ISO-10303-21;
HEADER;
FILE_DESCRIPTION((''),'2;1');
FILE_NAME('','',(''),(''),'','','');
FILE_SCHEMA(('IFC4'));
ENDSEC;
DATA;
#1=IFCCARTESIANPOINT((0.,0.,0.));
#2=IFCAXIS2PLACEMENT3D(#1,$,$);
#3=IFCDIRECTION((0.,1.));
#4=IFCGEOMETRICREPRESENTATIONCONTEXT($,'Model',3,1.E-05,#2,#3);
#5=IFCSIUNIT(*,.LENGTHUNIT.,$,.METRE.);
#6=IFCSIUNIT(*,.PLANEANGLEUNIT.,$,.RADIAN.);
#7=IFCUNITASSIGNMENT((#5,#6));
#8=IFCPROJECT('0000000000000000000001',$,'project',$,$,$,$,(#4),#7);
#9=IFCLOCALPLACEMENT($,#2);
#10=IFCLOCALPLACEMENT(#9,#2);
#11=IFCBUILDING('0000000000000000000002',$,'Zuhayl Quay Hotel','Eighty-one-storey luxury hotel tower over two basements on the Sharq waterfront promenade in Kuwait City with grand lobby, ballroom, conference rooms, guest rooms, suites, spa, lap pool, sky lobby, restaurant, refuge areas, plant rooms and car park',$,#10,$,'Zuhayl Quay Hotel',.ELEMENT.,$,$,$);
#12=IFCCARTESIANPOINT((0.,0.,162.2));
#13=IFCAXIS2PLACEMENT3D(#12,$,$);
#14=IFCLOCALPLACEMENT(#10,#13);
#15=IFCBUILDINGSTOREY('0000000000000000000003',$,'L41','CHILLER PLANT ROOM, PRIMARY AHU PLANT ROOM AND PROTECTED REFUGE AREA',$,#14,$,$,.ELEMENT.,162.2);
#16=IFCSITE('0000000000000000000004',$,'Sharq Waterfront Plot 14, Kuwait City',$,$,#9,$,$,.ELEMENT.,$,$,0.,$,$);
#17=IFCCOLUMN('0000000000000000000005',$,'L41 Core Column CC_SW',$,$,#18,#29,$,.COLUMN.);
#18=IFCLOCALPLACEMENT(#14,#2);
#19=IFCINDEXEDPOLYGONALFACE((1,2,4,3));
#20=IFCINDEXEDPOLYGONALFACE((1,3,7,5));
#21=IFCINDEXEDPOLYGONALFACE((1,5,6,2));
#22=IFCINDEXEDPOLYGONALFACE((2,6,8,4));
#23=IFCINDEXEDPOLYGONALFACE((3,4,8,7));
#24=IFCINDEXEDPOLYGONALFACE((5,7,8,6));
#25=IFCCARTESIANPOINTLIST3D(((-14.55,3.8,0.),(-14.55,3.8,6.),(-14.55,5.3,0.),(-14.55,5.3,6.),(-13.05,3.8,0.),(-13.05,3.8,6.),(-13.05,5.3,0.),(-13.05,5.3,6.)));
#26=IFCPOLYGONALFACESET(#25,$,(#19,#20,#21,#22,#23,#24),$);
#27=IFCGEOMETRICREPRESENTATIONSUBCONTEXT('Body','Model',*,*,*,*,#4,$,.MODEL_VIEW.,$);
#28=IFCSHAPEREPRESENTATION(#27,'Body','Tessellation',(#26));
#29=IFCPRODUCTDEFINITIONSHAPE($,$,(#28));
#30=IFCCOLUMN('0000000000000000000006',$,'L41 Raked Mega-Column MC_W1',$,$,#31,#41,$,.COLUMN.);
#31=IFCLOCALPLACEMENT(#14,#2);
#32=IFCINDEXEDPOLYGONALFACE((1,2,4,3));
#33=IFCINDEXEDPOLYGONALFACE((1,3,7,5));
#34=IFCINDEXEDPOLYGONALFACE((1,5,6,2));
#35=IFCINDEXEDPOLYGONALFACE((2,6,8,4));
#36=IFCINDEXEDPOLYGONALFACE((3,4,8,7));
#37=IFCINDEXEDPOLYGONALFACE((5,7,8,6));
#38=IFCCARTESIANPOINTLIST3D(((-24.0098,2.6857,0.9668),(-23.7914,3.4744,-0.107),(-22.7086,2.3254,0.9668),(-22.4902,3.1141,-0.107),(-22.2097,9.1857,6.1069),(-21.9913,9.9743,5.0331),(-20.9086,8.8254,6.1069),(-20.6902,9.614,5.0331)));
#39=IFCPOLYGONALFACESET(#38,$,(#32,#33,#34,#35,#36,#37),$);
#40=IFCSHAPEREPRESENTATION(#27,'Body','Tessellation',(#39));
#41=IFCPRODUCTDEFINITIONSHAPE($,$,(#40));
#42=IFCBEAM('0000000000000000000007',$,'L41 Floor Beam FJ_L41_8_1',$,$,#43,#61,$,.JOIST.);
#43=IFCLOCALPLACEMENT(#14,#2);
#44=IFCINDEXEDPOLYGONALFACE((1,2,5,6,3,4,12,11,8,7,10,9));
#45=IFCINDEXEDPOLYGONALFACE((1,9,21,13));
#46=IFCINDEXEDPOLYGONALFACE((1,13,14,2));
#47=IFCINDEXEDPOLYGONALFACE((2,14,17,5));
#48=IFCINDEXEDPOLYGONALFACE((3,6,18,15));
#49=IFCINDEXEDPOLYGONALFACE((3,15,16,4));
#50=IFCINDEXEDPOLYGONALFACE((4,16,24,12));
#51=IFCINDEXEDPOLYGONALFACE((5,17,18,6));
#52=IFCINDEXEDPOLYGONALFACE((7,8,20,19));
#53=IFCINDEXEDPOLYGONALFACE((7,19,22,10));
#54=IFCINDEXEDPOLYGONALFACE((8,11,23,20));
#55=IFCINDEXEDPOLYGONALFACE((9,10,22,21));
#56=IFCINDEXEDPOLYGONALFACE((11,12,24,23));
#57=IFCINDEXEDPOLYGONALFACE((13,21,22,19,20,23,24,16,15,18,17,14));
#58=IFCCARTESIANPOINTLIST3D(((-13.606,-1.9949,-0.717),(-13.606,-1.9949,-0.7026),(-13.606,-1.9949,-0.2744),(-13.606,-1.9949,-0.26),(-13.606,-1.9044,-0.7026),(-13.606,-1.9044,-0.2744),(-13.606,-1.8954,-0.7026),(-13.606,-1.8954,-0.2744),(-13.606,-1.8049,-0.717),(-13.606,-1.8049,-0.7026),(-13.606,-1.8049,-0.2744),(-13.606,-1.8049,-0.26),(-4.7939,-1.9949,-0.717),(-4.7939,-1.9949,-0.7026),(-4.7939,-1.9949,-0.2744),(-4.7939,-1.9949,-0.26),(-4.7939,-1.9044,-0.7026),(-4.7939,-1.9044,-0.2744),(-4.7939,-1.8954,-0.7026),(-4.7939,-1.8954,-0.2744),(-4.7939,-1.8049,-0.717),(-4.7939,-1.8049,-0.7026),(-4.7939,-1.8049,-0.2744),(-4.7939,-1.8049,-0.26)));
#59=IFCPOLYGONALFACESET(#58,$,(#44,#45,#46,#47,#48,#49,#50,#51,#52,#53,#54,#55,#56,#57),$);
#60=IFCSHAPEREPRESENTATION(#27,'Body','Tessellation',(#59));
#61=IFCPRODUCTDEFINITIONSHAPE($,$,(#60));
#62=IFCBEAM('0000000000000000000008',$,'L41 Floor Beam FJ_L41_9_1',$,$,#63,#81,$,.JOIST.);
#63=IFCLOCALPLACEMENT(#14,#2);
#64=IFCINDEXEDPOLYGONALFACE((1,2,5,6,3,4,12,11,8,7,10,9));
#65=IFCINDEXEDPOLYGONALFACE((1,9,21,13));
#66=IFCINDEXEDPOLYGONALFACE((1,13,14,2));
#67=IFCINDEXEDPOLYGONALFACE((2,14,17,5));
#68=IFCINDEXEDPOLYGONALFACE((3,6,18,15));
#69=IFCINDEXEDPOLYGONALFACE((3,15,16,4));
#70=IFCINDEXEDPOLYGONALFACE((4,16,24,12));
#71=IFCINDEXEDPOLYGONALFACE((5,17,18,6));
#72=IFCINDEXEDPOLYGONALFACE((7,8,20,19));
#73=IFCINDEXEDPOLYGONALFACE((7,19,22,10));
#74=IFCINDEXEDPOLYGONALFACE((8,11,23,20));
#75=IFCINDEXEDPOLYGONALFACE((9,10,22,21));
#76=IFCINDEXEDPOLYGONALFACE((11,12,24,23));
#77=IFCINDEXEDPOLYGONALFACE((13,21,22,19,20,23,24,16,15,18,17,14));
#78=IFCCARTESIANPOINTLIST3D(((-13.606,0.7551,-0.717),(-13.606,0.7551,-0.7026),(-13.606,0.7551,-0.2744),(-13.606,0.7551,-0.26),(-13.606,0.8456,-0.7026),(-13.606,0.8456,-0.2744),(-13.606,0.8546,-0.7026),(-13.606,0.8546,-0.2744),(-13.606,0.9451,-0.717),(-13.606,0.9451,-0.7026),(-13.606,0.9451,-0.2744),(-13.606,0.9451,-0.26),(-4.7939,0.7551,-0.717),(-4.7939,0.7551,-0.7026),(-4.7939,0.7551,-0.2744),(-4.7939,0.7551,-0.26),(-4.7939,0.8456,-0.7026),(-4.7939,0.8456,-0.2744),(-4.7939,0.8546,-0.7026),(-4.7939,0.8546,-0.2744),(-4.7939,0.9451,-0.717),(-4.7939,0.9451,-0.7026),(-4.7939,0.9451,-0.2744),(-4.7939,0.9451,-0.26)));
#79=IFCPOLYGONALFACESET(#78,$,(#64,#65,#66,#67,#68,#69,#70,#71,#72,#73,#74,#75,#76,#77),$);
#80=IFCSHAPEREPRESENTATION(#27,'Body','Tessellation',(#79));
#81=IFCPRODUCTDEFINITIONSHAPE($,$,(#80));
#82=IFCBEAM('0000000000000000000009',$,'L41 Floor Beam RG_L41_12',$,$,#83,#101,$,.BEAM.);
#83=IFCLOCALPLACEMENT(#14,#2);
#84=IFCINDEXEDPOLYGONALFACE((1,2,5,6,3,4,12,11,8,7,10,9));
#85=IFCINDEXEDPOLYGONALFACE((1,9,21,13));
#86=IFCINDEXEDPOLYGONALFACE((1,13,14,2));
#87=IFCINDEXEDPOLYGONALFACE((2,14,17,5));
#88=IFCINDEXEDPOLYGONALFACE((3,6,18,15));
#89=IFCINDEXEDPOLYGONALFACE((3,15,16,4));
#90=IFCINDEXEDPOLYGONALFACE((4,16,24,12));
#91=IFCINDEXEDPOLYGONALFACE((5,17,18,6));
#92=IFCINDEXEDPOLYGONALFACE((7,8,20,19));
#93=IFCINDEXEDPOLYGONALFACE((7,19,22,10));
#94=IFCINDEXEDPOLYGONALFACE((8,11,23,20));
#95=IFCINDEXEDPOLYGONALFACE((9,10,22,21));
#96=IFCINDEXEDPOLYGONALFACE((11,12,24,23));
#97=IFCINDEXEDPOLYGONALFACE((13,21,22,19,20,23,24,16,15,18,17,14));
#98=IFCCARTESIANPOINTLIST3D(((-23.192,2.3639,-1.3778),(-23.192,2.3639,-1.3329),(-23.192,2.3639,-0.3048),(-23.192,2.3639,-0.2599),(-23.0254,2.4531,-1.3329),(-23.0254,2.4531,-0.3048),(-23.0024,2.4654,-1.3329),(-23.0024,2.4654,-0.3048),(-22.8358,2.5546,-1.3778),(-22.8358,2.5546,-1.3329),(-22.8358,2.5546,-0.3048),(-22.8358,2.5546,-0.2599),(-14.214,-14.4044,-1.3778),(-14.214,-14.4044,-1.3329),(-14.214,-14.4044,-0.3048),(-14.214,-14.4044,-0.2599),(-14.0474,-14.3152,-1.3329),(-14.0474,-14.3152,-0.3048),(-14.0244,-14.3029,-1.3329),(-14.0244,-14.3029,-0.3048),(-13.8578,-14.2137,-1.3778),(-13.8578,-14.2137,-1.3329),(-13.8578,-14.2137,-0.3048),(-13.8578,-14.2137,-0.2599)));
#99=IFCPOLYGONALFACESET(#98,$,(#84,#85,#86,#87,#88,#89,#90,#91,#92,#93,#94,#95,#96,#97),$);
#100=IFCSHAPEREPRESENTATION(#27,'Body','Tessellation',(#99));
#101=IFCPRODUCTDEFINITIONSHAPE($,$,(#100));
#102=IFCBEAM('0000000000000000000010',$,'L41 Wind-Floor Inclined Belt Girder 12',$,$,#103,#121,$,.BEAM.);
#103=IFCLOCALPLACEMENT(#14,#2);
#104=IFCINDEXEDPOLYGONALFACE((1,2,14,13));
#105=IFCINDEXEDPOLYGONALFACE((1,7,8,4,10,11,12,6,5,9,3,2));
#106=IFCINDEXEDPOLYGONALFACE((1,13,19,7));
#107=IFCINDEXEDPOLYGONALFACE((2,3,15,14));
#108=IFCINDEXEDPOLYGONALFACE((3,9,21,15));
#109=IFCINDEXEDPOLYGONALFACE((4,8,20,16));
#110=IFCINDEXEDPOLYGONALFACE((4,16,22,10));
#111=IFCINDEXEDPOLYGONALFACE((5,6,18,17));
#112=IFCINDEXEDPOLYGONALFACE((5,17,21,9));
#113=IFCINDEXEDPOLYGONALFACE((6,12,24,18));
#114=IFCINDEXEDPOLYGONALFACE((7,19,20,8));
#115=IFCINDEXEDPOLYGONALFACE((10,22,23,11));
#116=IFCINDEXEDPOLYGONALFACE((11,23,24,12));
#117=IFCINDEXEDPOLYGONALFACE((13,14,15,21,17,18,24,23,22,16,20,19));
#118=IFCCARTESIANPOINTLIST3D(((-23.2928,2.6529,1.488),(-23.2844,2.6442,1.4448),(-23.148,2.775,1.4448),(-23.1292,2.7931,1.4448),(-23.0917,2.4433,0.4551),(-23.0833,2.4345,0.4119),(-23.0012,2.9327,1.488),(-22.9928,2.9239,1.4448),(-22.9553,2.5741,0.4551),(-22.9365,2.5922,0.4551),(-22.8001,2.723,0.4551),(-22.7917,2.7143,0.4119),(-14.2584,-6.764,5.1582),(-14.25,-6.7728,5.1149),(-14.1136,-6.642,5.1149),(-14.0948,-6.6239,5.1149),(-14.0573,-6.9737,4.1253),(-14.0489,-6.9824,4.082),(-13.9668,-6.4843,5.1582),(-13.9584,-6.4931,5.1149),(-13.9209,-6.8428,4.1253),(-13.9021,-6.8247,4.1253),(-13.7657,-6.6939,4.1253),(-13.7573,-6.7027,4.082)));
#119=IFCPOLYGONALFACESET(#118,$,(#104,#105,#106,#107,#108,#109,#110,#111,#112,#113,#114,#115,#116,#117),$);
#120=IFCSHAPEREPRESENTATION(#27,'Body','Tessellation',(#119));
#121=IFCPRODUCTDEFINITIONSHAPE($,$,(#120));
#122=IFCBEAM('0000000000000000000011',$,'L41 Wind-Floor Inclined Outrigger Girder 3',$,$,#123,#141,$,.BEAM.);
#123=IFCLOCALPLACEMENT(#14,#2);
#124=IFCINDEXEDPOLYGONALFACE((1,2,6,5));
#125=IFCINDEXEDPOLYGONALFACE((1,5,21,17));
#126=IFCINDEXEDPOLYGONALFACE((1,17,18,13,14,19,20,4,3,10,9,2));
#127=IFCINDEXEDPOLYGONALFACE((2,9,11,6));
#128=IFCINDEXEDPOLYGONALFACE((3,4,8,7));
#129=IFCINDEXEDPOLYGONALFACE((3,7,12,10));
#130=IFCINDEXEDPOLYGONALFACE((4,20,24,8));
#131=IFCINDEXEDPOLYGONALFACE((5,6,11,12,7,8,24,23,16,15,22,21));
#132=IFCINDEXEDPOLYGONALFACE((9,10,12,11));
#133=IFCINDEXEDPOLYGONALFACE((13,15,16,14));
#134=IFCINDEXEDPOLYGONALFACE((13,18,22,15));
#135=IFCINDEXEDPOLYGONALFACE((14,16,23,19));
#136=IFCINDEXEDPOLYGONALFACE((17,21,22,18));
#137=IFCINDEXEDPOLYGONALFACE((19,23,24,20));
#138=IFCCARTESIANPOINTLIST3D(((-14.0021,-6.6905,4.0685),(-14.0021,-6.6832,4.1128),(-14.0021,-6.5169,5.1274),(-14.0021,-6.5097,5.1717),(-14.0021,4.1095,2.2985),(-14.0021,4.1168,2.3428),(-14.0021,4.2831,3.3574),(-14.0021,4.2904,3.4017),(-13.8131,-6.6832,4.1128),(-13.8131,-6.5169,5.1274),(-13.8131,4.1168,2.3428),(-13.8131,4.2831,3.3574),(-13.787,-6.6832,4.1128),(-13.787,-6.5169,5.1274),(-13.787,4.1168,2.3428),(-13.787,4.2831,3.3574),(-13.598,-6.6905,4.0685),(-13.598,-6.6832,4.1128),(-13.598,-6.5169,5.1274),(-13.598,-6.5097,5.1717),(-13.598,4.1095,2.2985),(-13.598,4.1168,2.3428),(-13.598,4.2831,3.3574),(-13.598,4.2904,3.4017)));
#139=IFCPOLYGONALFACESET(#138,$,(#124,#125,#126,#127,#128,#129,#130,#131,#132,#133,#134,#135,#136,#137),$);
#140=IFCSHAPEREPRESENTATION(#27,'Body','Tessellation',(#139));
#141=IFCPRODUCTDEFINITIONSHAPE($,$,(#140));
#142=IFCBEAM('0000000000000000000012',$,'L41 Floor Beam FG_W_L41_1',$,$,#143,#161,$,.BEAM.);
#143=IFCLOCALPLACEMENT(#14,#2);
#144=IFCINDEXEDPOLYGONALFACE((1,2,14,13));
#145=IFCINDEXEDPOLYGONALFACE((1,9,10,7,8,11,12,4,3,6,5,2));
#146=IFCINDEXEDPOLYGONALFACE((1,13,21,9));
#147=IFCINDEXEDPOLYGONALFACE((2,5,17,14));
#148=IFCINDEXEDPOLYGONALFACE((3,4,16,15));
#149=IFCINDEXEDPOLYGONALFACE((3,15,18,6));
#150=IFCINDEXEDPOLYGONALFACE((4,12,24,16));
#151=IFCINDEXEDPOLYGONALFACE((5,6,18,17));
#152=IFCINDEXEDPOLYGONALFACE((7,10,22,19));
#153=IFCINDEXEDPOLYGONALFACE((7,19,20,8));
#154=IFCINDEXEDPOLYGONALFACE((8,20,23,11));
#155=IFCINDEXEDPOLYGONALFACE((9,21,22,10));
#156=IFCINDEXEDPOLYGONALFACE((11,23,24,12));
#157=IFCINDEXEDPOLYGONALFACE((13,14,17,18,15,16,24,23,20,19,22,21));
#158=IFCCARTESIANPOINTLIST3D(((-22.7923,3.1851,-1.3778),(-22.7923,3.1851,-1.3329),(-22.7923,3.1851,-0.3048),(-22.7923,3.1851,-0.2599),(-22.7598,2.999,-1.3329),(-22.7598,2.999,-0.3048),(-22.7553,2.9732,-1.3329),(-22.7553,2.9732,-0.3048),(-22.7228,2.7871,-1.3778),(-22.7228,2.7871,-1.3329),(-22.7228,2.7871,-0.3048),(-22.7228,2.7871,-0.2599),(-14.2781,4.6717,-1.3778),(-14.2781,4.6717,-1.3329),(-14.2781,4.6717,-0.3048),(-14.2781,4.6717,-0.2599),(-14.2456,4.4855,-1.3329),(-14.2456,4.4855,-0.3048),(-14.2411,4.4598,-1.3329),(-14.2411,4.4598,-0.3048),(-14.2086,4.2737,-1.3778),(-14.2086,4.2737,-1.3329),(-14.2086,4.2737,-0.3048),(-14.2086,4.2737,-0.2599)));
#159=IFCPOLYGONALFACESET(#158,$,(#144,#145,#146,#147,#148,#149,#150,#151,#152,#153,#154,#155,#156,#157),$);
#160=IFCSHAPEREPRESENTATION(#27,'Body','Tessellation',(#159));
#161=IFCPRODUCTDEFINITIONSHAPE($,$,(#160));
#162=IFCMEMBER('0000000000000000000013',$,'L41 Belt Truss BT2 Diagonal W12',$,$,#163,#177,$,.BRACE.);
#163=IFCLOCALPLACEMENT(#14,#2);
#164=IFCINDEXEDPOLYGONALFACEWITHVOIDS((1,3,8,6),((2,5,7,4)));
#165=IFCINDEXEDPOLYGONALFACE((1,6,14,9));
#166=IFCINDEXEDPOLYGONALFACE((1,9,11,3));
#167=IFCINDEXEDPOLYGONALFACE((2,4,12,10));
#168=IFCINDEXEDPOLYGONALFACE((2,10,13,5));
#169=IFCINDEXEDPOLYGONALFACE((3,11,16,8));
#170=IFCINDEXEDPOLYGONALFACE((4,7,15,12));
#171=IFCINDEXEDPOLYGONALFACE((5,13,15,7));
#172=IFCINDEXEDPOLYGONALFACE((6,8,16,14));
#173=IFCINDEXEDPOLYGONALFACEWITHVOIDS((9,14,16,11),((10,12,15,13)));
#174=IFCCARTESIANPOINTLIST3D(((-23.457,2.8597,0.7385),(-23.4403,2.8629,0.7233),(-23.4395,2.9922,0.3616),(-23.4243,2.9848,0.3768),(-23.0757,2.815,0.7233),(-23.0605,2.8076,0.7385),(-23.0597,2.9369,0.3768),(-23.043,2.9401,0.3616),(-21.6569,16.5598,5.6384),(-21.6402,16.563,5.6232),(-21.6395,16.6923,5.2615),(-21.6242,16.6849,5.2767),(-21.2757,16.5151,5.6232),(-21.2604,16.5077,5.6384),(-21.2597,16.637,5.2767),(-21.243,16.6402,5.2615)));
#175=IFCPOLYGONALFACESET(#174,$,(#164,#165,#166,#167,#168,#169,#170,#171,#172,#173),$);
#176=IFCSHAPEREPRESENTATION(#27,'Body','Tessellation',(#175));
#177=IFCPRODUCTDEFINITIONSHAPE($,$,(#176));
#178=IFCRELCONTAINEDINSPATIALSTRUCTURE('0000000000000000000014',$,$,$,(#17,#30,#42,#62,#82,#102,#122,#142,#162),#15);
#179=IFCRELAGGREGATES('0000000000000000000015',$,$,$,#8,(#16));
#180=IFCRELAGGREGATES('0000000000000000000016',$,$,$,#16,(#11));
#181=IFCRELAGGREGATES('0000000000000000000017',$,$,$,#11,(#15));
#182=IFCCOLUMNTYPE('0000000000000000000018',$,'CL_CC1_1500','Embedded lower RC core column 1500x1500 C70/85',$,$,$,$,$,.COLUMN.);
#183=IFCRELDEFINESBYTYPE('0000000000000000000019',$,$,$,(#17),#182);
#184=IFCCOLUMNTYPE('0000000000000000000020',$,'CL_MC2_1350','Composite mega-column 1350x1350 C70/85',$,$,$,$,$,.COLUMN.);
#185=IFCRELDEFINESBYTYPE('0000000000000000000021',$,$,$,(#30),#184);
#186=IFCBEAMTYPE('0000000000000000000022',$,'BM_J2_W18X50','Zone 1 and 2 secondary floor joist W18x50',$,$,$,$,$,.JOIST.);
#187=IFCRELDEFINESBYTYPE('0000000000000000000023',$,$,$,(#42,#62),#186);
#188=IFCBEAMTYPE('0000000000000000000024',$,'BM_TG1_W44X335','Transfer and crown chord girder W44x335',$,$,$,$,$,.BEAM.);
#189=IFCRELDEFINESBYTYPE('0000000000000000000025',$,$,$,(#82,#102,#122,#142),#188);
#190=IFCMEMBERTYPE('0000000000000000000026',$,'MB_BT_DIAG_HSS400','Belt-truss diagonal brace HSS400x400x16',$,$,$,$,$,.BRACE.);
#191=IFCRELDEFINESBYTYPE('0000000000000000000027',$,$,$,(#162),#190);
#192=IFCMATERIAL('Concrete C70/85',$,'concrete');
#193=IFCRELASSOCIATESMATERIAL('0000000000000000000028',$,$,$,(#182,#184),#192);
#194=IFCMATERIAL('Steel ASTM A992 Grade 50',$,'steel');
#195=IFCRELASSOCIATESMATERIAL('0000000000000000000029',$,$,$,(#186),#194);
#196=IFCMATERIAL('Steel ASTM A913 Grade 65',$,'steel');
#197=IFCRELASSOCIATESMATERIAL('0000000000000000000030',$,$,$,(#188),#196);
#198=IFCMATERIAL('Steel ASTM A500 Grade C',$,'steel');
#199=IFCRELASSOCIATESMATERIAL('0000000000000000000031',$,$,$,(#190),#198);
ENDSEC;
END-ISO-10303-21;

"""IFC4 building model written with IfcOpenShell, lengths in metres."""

from ifc_helpers import new_model, si_unit, direction, frame, origin, origin_2d, place, context, subcontext, project, spatial, rectangle, hollow_rectangle, i_section, extrude, material, material_profile, profile_set, type_object, element, save


model = new_model("IFC4")

# Units and contexts
model_context = context("Model", 3, precision=1e-05, world=origin(), true_north=direction((0.0, 1.0)))
body_context = subcontext(model_context, "Body", "Model", "MODEL_VIEW")
ifc_project = project(units=[si_unit("LENGTHUNIT", "METRE"), si_unit("PLANEANGLEUNIT", "RADIAN")], contexts=[model_context])

# Site, building, storey
site_placement = place(None, origin())
site = spatial("IfcSite", under=ifc_project, at=site_placement, Name="Sharq Waterfront Plot 14, Kuwait City", CompositionType="ELEMENT", RefElevation=0.0)
building_placement = place(site_placement, origin())
building = spatial("IfcBuilding", under=site, at=building_placement, Name="Zuhayl Quay Hotel", Description="Eighty-one-storey luxury hotel tower over two basements on the Sharq waterfront promenade in Kuwait City with grand lobby, ballroom, conference rooms, guest rooms, suites, spa, lap pool, sky lobby, restaurant, refuge areas, plant rooms and car park", LongName="Zuhayl Quay Hotel", CompositionType="ELEMENT")
storey_placement = place(building_placement, frame((0.0, 0.0, 162.2)))
storey = spatial("IfcBuildingStorey", under=building, at=storey_placement, Name="L41", Description="CHILLER PLANT ROOM, PRIMARY AHU PLANT ROOM AND PROTECTED REFUGE AREA", CompositionType="ELEMENT", Elevation=162.2)

# Columns
ifc_material_1 = material(Name="Concrete C70/85", Category="concrete")
ifc_material_profile_1 = material_profile(ifc_material_1, rectangle(XDim=1.5, YDim=1.5, at=origin_2d()), Name="RC1500X1500")
ifc_profile_set_1 = profile_set([ifc_material_profile_1], Name="Concrete C70/85")
column_type_1 = type_object("IfcColumnType", Name="CL_CC1_1500", Description="Embedded lower RC core column 1500x1500 C70/85", PredefinedType="COLUMN", material=ifc_profile_set_1)
column_1_placement = place(storey_placement, frame((-13.8, 4.55, 0.0), z_axis=(0.0, 0.0, 1.0), x_axis=(1.0, 0.0, 0.0)))
element("IfcColumn", 1, at=column_1_placement, inside=storey, type_object=column_type_1, Name="L41 Core Column CC_SW", PredefinedType="COLUMN", context=body_context, shape_type="SweptSolid", body=[
    extrude(rectangle(XDim=1.5, YDim=1.5, at=origin_2d()), origin(), (0.0, 0.0, 1.0), 6.0),
])
ifc_material_profile_2 = material_profile(ifc_material_1, rectangle(XDim=1.3501, YDim=1.3501, at=origin_2d()), Name="RC1350X1350")
ifc_profile_set_2 = profile_set([ifc_material_profile_2], Name="Concrete C70/85")
column_type_2 = type_object("IfcColumnType", Name="CL_MC2_1350", Description="Composite mega-column 1350x1350 C70/85", PredefinedType="COLUMN", material=ifc_profile_set_2)
column_2_placement = place(storey_placement, frame((-23.25, 2.8999, 0.4299), z_axis=(0.212269, 0.766505, 0.606145), x_axis=(-0.963728, 0.266886, 0.0)))
element("IfcColumn", 2, at=column_2_placement, inside=storey, type_object=column_type_2, Name="L41 Raked Mega-Column MC_W1", PredefinedType="COLUMN", context=body_context, shape_type="SweptSolid", body=[
    extrude(rectangle(XDim=1.3501, YDim=1.3501, at=origin_2d()), origin(), (0.0, 0.0, 1.0), 8.48),
])

# Beams
ifc_material_2 = material(Name="Steel ASTM A992 Grade 50", Category="steel")
ifc_material_profile_3 = material_profile(ifc_material_2, i_section(OverallWidth=0.1899, OverallDepth=0.457, WebThickness=0.009, FlangeThickness=0.0144, at=origin_2d()), Name="W18X50")
ifc_profile_set_3 = profile_set([ifc_material_profile_3], Name="Steel ASTM A992 Grade 50")
beam_type_1 = type_object("IfcBeamType", Name="BM_J2_W18X50", Description="Zone 1 and 2 secondary floor joist W18x50", PredefinedType="JOIST", material=ifc_profile_set_3)
for number, where, z_axis, x_axis, name in (
    (3, (-13.606, -1.8999, -0.4885), (1.0, 0.0, 0.0), (0.0, 1.0, 0.0), "L41 Floor Beam FJ_L41_8_1"),
    (4, (-13.606, 0.8501, -0.4885), (1.0, 0.0, 0.0), (0.0, 1.0, 0.0), "L41 Floor Beam FJ_L41_9_1"),
):
    element("IfcBeam", number, at=place(storey_placement, frame(where, z_axis=z_axis, x_axis=x_axis)), inside=storey, type_object=beam_type_1, Name=name, PredefinedType="JOIST", context=body_context, shape_type="SweptSolid", body=[
        extrude(i_section(OverallWidth=0.1899, OverallDepth=0.457, WebThickness=0.009, FlangeThickness=0.0144, at=origin_2d()), origin(), (0.0, 0.0, 1.0), 8.812),
    ])
ifc_material_3 = material(Name="Steel ASTM A913 Grade 65", Category="steel")
ifc_material_profile_4 = material_profile(ifc_material_3, i_section(OverallWidth=0.4041, OverallDepth=1.1179, WebThickness=0.0261, FlangeThickness=0.0449, at=origin_2d()), Name="W44X335")
ifc_profile_set_4 = profile_set([ifc_material_profile_4], Name="Steel ASTM A913 Grade 65")
beam_type_2 = type_object("IfcBeamType", Name="BM_TG1_W44X335", Description="Transfer and crown chord girder W44x335", PredefinedType="BEAM", material=ifc_profile_set_4)
beam_1_placement = place(storey_placement, frame((-23.0139, 2.4592, -0.8188), z_axis=(0.472017, -0.881589, 0.0), x_axis=(0.881589, 0.472017, 0.0)))
element("IfcBeam", 5, at=beam_1_placement, inside=storey, type_object=beam_type_2, Name="L41 Floor Beam RG_L41_12", PredefinedType="BEAM", context=body_context, shape_type="SweptSolid", body=[
    extrude(i_section(OverallWidth=0.4041, OverallDepth=1.1179, WebThickness=0.0261, FlangeThickness=0.0449, at=origin_2d()), origin(), (0.0, 0.0, 1.0), 19.0205),
])
beam_2_placement = place(storey_placement, frame((-23.0422, 2.6836, 0.95), z_axis=(0.666442, -0.694663, 0.270737), x_axis=(0.721613, 0.692297, 0.0)))
element("IfcBeam", 6, at=beam_2_placement, inside=storey, type_object=beam_type_2, Name="L41 Wind-Floor Inclined Belt Girder 12", PredefinedType="BEAM", context=body_context, shape_type="SweptSolid", body=[
    extrude(i_section(OverallWidth=0.4041, OverallDepth=1.1179, WebThickness=0.0261, FlangeThickness=0.0449, at=origin_2d()), origin(), (0.0, 0.0, 1.0), 13.5562),
])
beam_3_placement = place(storey_placement, frame((-13.8, 4.2, 2.8501), z_axis=(0.0, -0.986835, 0.161732), x_axis=(1.0, 0.0, 0.0)))
element("IfcBeam", 7, at=beam_3_placement, inside=storey, type_object=beam_type_2, Name="L41 Wind-Floor Inclined Outrigger Girder 3", PredefinedType="BEAM", context=body_context, shape_type="SweptSolid", body=[
    extrude(i_section(OverallWidth=0.4041, OverallDepth=1.1179, WebThickness=0.0261, FlangeThickness=0.0449, at=origin_2d()), origin(), (0.0, 0.0, 1.0), 10.9441),
])
beam_4_placement = place(storey_placement, frame((-22.7576, 2.9861, -0.8188), z_axis=(0.985097, 0.171998, 0.0), x_axis=(-0.171998, 0.985097, 0.0)))
element("IfcBeam", 8, at=beam_4_placement, inside=storey, type_object=beam_type_2, Name="L41 Floor Beam FG_W_L41_1", PredefinedType="BEAM", context=body_context, shape_type="SweptSolid", body=[
    extrude(i_section(OverallWidth=0.4041, OverallDepth=1.1179, WebThickness=0.0261, FlangeThickness=0.0449, at=origin_2d()), origin(), (0.0, 0.0, 1.0), 8.6431),
])

# Member
ifc_material_4 = material(Name="Steel ASTM A500 Grade C", Category="steel")
ifc_material_profile_5 = material_profile(ifc_material_4, hollow_rectangle(XDim=0.3999, YDim=0.3999, WallThickness=0.0161, at=origin_2d()), Name="HSS400X400X16")
ifc_profile_set_5 = profile_set([ifc_material_profile_5], Name="Steel ASTM A500 Grade C")
member_type_1 = type_object("IfcMemberType", Name="MB_BT_DIAG_HSS400", Description="Belt-truss diagonal brace HSS400x400x16", PredefinedType="BRACE", material=ifc_profile_set_5)
member_1_placement = place(storey_placement, frame((-23.25, 2.8999, 0.55), z_axis=(0.122778, 0.934466, 0.334214), x_axis=(-0.991479, 0.130269, 0.0)))
element("IfcMember", 9, at=member_1_placement, inside=storey, type_object=member_type_1, Name="L41 Belt Truss BT2 Diagonal W12", PredefinedType="BRACE", context=body_context, shape_type="SweptSolid", body=[
    extrude(hollow_rectangle(XDim=0.3999, YDim=0.3999, WallThickness=0.0161, at=origin_2d()), origin(), (0.0, 0.0, 1.0), 14.6609),
])

save(model, "model.ifc")
